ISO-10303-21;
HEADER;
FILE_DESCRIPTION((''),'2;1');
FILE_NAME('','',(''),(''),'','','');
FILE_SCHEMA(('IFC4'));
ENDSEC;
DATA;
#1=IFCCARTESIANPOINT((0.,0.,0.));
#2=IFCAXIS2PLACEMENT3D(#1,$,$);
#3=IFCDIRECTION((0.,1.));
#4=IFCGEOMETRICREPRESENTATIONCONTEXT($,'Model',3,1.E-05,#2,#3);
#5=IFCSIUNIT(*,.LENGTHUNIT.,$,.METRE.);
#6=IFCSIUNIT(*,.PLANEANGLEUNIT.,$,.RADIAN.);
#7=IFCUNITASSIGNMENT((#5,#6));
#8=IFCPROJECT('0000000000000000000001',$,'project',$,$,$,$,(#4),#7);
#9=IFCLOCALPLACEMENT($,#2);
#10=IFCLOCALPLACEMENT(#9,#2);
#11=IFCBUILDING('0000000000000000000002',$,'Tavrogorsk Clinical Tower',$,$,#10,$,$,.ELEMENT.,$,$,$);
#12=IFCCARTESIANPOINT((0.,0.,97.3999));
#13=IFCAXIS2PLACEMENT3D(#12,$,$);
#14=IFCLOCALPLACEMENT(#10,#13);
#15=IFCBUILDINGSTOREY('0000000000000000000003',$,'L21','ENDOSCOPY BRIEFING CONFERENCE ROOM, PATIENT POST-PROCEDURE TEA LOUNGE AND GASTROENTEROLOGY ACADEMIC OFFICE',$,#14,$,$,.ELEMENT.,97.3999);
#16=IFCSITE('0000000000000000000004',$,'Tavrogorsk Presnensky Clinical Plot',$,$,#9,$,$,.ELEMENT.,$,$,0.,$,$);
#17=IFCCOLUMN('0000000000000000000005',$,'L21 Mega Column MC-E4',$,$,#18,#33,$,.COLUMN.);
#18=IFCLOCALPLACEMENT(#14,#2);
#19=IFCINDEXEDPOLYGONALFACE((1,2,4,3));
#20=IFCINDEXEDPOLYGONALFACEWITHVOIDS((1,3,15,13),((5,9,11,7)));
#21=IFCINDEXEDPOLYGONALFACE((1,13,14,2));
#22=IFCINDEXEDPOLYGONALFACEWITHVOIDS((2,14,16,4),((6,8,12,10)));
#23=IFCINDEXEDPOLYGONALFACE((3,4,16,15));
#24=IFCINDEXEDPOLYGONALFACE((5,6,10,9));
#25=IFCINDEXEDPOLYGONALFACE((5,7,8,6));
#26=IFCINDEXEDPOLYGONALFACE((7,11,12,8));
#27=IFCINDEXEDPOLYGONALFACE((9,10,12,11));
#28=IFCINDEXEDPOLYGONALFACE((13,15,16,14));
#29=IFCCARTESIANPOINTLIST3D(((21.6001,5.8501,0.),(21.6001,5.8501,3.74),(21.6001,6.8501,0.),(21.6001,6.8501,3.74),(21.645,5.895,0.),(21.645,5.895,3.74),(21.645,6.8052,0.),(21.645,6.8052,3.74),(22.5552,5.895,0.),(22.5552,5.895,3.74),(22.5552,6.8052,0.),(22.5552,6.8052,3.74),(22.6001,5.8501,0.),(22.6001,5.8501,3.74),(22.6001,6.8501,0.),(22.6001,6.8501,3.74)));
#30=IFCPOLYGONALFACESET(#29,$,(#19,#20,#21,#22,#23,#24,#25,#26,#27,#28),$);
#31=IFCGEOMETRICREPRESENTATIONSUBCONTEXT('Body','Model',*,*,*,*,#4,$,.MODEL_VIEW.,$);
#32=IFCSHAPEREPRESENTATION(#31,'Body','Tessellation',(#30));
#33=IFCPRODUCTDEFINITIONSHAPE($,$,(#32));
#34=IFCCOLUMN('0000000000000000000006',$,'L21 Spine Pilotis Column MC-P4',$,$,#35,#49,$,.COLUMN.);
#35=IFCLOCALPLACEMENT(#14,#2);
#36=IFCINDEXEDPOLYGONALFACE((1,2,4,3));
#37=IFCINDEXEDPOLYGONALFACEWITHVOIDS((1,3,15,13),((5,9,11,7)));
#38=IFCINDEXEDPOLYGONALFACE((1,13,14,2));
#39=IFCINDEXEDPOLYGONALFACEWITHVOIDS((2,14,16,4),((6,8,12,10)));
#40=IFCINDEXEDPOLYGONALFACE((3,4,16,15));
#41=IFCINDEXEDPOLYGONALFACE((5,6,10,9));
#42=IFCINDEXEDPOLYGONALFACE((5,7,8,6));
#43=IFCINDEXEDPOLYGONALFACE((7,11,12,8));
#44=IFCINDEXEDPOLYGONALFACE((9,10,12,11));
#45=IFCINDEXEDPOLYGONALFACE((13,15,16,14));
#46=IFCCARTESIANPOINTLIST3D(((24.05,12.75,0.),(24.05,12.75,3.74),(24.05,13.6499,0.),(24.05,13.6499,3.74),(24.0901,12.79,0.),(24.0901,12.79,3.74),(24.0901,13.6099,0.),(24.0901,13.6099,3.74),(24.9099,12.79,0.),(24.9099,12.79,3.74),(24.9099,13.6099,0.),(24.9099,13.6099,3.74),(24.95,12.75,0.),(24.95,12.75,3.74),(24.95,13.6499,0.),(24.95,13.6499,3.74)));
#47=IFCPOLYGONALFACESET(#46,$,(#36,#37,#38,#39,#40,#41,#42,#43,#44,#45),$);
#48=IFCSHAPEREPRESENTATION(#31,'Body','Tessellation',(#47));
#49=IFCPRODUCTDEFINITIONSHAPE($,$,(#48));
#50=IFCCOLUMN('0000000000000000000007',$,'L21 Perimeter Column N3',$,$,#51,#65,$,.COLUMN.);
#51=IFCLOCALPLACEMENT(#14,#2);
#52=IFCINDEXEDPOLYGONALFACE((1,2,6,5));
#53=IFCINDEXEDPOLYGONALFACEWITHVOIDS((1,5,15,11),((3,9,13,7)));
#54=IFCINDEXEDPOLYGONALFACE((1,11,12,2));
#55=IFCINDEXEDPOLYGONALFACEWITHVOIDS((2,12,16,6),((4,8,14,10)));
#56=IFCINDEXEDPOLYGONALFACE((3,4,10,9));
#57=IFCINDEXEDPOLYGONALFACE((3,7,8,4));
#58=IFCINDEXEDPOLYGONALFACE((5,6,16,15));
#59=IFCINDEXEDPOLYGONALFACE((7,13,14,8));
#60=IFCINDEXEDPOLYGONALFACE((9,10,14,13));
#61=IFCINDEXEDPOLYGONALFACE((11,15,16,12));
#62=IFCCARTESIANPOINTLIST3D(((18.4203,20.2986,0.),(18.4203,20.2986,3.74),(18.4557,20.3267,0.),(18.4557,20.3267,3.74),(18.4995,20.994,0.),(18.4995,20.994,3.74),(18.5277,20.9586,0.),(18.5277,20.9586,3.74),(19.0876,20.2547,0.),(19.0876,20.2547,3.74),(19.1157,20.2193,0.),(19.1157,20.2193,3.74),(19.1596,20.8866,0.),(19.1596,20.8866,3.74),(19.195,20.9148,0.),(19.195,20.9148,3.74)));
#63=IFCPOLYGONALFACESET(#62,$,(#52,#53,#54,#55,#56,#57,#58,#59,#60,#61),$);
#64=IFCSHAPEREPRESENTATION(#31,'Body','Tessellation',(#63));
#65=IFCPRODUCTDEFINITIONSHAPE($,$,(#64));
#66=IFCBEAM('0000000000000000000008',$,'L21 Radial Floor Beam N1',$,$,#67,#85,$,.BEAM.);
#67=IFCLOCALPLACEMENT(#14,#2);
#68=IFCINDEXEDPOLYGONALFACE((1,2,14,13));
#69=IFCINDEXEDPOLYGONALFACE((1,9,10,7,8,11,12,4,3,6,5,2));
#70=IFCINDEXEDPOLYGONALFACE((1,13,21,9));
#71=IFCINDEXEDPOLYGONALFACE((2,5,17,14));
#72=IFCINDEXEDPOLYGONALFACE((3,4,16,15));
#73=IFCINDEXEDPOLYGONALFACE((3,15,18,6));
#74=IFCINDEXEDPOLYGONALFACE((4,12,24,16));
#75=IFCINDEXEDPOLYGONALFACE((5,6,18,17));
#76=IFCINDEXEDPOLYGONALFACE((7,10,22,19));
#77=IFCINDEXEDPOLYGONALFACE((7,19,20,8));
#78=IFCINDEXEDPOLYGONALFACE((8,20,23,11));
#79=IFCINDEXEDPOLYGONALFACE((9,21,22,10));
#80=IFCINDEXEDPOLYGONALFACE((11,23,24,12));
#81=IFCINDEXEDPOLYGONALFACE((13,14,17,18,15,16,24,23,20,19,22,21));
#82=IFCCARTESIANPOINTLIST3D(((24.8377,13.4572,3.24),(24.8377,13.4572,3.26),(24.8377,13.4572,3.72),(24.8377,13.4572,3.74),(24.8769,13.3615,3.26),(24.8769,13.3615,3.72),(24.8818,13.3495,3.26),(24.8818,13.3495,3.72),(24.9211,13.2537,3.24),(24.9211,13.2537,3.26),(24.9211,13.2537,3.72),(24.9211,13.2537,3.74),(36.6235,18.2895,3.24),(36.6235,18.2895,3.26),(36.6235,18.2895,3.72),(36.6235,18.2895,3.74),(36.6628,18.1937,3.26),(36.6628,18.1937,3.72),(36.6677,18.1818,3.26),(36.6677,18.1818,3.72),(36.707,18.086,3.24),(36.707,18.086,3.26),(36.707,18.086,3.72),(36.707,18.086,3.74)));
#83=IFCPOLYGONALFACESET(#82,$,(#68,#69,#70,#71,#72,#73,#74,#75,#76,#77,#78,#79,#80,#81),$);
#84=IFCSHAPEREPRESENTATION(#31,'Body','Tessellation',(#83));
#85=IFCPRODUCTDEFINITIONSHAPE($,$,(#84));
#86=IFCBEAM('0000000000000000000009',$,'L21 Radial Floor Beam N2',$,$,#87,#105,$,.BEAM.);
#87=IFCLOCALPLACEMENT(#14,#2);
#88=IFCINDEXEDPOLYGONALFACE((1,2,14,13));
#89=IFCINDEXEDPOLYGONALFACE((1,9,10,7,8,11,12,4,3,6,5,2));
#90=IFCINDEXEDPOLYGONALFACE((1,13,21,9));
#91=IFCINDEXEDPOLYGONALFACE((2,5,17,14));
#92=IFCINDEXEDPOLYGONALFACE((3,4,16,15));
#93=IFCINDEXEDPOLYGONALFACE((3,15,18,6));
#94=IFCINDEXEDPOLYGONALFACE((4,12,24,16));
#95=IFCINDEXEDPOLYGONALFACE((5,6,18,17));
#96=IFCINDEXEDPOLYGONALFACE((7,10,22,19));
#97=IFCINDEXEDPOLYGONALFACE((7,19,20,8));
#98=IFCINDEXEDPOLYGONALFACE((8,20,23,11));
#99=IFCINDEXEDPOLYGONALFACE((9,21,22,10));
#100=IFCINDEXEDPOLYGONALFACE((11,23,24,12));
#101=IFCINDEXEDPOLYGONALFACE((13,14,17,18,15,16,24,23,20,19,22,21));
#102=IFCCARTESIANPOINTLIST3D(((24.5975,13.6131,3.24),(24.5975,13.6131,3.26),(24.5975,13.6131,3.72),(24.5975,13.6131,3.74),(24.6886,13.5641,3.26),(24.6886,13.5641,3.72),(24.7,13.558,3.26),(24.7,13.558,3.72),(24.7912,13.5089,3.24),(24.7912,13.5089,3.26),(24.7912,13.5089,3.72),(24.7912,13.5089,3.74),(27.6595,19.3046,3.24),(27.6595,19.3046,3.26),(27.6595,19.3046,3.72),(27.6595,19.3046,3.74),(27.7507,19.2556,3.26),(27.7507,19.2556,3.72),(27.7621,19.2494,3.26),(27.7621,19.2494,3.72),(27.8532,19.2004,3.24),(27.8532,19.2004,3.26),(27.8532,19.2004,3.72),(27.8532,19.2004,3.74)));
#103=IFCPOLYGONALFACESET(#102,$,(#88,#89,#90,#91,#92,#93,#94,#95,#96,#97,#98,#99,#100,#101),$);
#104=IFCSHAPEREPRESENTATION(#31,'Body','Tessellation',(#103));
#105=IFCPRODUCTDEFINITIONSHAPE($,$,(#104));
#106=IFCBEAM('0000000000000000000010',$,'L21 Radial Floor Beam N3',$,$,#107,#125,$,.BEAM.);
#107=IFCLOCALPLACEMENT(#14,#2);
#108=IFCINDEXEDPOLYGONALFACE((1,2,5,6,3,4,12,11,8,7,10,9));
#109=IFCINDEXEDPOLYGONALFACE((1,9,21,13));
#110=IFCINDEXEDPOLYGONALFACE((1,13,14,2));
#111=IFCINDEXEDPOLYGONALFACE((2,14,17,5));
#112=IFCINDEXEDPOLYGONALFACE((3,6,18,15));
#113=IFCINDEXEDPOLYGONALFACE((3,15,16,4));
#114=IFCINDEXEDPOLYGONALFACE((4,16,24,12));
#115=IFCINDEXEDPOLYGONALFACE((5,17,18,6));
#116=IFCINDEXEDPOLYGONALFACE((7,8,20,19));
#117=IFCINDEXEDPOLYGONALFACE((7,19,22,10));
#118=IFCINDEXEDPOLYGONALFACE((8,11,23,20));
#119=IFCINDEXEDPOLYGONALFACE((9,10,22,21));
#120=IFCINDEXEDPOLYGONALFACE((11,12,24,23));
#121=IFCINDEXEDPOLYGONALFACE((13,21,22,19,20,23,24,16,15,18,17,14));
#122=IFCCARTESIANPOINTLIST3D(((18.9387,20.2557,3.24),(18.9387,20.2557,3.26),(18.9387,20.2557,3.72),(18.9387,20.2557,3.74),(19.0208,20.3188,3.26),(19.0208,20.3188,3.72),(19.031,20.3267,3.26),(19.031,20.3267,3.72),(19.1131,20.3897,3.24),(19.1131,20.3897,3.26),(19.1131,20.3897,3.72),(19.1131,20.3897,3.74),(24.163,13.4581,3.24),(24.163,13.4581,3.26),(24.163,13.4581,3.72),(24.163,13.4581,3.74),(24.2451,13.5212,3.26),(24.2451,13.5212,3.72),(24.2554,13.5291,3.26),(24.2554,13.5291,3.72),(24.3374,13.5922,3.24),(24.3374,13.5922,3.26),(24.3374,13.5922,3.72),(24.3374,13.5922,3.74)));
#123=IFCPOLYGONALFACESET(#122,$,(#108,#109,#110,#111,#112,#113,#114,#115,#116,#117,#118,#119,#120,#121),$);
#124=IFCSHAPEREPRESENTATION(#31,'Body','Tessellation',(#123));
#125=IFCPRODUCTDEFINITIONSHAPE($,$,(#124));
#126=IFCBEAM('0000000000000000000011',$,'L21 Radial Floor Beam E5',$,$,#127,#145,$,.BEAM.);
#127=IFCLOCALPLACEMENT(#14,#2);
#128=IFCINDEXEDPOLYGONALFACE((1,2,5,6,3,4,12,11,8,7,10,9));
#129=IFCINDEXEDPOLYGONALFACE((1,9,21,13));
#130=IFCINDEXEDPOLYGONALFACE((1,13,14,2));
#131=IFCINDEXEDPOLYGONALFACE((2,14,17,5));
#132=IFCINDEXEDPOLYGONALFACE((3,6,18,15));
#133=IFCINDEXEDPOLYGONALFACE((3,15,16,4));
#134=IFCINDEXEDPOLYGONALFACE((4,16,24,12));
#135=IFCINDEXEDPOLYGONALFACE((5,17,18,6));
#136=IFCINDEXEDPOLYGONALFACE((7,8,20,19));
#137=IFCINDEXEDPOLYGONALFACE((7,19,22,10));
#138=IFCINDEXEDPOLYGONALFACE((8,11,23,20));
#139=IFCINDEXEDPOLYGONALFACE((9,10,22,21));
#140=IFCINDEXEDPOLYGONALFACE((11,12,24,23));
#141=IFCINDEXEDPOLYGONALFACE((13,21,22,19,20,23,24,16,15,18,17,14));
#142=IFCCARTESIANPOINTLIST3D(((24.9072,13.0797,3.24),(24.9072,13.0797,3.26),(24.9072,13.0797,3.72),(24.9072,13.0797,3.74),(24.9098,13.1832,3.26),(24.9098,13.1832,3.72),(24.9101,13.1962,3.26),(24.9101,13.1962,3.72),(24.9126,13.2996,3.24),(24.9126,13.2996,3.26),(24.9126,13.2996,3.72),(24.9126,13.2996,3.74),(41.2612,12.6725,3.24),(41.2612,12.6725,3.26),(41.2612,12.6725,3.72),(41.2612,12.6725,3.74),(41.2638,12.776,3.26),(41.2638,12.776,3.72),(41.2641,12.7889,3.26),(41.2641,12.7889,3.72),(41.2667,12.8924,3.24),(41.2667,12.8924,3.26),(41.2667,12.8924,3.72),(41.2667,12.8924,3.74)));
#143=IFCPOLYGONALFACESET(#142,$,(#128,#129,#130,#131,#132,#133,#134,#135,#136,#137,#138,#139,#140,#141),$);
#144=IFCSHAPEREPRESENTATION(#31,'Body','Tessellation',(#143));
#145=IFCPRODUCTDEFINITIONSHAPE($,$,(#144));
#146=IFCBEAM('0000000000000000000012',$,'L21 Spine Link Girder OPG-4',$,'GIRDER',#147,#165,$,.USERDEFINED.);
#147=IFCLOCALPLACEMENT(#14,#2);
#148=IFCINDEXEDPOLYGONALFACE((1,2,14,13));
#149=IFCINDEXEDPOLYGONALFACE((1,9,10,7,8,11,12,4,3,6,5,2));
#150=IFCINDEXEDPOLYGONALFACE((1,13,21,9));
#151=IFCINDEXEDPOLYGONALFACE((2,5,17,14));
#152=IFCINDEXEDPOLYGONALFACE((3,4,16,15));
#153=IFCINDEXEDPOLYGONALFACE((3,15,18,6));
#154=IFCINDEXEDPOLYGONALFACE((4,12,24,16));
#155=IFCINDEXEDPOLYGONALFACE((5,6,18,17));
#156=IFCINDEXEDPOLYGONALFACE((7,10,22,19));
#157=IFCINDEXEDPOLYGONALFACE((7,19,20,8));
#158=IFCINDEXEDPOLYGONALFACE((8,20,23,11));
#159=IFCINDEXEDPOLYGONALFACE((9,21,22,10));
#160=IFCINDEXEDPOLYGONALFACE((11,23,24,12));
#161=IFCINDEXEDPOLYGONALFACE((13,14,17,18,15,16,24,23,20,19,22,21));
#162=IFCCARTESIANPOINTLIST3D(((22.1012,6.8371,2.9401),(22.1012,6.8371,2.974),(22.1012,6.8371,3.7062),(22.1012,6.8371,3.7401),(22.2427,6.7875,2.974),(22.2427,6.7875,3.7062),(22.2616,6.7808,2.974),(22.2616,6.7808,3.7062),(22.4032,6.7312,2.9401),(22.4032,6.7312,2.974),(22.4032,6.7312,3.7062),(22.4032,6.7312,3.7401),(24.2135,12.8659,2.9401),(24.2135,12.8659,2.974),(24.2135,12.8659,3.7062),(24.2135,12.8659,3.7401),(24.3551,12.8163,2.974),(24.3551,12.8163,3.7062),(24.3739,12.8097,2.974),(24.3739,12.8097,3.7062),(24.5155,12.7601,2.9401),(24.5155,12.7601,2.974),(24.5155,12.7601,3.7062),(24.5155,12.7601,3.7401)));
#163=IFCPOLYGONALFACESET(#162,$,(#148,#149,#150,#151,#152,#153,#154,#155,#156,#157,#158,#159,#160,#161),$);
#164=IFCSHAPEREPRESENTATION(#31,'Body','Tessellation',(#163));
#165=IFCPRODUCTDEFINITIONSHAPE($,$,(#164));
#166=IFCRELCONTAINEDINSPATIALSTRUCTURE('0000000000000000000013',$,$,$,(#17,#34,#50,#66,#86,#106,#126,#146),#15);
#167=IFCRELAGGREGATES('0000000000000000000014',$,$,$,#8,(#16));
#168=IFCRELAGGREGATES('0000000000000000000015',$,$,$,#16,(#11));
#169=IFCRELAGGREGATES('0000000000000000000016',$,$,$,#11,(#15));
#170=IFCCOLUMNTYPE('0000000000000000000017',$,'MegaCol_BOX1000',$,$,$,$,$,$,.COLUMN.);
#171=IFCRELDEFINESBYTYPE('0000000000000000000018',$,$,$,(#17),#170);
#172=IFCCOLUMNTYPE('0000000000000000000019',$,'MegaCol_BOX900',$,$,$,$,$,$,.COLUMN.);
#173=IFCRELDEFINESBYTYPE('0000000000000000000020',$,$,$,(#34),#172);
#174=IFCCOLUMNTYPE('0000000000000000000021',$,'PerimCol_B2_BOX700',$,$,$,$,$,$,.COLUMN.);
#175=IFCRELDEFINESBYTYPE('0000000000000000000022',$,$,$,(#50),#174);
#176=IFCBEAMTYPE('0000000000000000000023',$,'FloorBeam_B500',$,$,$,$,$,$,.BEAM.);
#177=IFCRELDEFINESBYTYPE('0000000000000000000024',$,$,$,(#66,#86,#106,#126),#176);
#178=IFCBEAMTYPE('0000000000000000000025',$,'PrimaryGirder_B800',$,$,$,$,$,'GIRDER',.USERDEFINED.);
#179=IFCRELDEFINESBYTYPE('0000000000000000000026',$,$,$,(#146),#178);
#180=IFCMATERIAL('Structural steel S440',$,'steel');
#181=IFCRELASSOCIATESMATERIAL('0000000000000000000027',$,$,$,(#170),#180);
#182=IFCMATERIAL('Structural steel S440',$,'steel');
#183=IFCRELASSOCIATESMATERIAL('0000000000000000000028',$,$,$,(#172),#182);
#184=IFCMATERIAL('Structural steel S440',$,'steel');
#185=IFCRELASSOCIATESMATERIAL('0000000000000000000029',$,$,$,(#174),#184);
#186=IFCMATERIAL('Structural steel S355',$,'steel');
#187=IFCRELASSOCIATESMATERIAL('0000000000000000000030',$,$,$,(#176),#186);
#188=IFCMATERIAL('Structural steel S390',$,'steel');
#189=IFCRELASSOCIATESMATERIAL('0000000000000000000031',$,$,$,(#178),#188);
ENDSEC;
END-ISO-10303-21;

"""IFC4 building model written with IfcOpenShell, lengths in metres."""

from ifc_helpers import new_model, si_unit, direction, frame, origin, origin_2d, place, context, subcontext, project, spatial, hollow_rectangle, i_section, extrude, material, material_profile, profile_set, type_object, element, save


model = new_model("IFC4")

# Units and contexts
model_context = context("Model", 3, precision=1e-05, world=origin(), true_north=direction((0.0, 1.0)))
body_context = subcontext(model_context, "Body", "Model", "MODEL_VIEW")
ifc_project = project(units=[si_unit("LENGTHUNIT", "METRE"), si_unit("PLANEANGLEUNIT", "RADIAN")], contexts=[model_context])

# Site, building, storey
site_placement = place(None, origin())
site = spatial("IfcSite", under=ifc_project, at=site_placement, Name="Tavrogorsk Presnensky Clinical Plot", CompositionType="ELEMENT", RefElevation=0.0)
building_placement = place(site_placement, origin())
building = spatial("IfcBuilding", under=site, at=building_placement, Name="Tavrogorsk Clinical Tower", CompositionType="ELEMENT")
storey_placement = place(building_placement, frame((0.0, 0.0, 97.3999)))
storey = spatial("IfcBuildingStorey", under=building, at=storey_placement, Name="L21", Description="ENDOSCOPY BRIEFING CONFERENCE ROOM, PATIENT POST-PROCEDURE TEA LOUNGE AND GASTROENTEROLOGY ACADEMIC OFFICE", CompositionType="ELEMENT", Elevation=97.3999)

# Columns
ifc_material_1 = material(Name="Structural steel S440", Category="steel")
ifc_material_profile_1 = material_profile(ifc_material_1, hollow_rectangle(XDim=1.0, YDim=1.0, WallThickness=0.0449, at=origin_2d()), Name="BOX-1000x1000x45")
ifc_profile_set_1 = profile_set([ifc_material_profile_1], Name="Structural steel S440")
column_type_1 = type_object("IfcColumnType", Name="MegaCol_BOX1000", PredefinedType="COLUMN", material=ifc_profile_set_1)
column_1_placement = place(storey_placement, frame((22.1001, 6.3501, 0.0), z_axis=(0.0, 0.0, 1.0), x_axis=(1.0, 0.0, 0.0)))
element("IfcColumn", 1, at=column_1_placement, inside=storey, type_object=column_type_1, Name="L21 Mega Column MC-E4", PredefinedType="COLUMN", context=body_context, shape_type="SweptSolid", body=[
    extrude(hollow_rectangle(XDim=1.0, YDim=1.0, WallThickness=0.0449, at=origin_2d()), origin(), (0.0, 0.0, 1.0), 3.74),
])
ifc_material_2 = material(Name="Structural steel S440", Category="steel")
ifc_material_profile_2 = material_profile(ifc_material_2, hollow_rectangle(XDim=0.8999, YDim=0.8999, WallThickness=0.04, at=origin_2d()), Name="BOX-900x900x40")
ifc_profile_set_2 = profile_set([ifc_material_profile_2], Name="Structural steel S440")
column_type_2 = type_object("IfcColumnType", Name="MegaCol_BOX900", PredefinedType="COLUMN", material=ifc_profile_set_2)
column_2_placement = place(storey_placement, frame((24.5, 13.2, 0.0), z_axis=(0.0, 0.0, 1.0), x_axis=(1.0, 0.0, 0.0)))
element("IfcColumn", 2, at=column_2_placement, inside=storey, type_object=column_type_2, Name="L21 Spine Pilotis Column MC-P4", PredefinedType="COLUMN", context=body_context, shape_type="SweptSolid", body=[
    extrude(hollow_rectangle(XDim=0.8999, YDim=0.8999, WallThickness=0.04, at=origin_2d()), origin(), (0.0, 0.0, 1.0), 3.74),
])
ifc_material_3 = material(Name="Structural steel S440", Category="steel")
ifc_material_profile_3 = material_profile(ifc_material_3, hollow_rectangle(XDim=0.7, YDim=0.7, WallThickness=0.032, at=origin_2d()), Name="BOX-700x700x32")
ifc_profile_set_3 = profile_set([ifc_material_profile_3], Name="Structural steel S440")
column_type_3 = type_object("IfcColumnType", Name="PerimCol_B2_BOX700", PredefinedType="COLUMN", material=ifc_profile_set_3)
column_3_placement = place(storey_placement, frame((18.8076, 20.6067, 0.0), z_axis=(0.0, 0.0, 1.0), x_axis=(0.993572, -0.113203, 0.0)))
element("IfcColumn", 3, at=column_3_placement, inside=storey, type_object=column_type_3, Name="L21 Perimeter Column N3", PredefinedType="COLUMN", context=body_context, shape_type="SweptSolid", body=[
    extrude(hollow_rectangle(XDim=0.7, YDim=0.7, WallThickness=0.032, at=origin_2d()), origin(), (0.0, 0.0, 1.0), 3.74),
])

# Beams
ifc_material_4 = material(Name="Structural steel S355", Category="steel")
ifc_material_profile_4 = material_profile(ifc_material_4, i_section(OverallWidth=0.22, OverallDepth=0.5, WebThickness=0.0129, FlangeThickness=0.02, at=origin_2d()), Name="B-500x220x13x20")
ifc_profile_set_4 = profile_set([ifc_material_profile_4], Name="Structural steel S355")
beam_type_1 = type_object("IfcBeamType", Name="FloorBeam_B500", PredefinedType="BEAM", material=ifc_profile_set_4)
beam_1_placement = place(storey_placement, frame((24.8794, 13.3555, 3.49), z_axis=(0.92525, 0.379357, 0.0), x_axis=(-0.379357, 0.92525, 0.0)))
element("IfcBeam", 4, at=beam_1_placement, inside=storey, type_object=beam_type_1, Name="L21 Radial Floor Beam N1", PredefinedType="BEAM", context=body_context, shape_type="SweptSolid", body=[
    extrude(i_section(OverallWidth=0.22, OverallDepth=0.5, WebThickness=0.0129, FlangeThickness=0.02, at=origin_2d()), origin(), (0.0, 0.0, 1.0), 12.738),
])
beam_2_placement = place(storey_placement, frame((24.6943, 13.561, 3.49), z_axis=(0.473789, 0.880638, 0.0), x_axis=(-0.880638, 0.473789, 0.0)))
element("IfcBeam", 5, at=beam_2_placement, inside=storey, type_object=beam_type_1, Name="L21 Radial Floor Beam N2", PredefinedType="BEAM", context=body_context, shape_type="SweptSolid", body=[
    extrude(i_section(OverallWidth=0.22, OverallDepth=0.5, WebThickness=0.0129, FlangeThickness=0.02, at=origin_2d()), origin(), (0.0, 0.0, 1.0), 6.4629),
])
beam_3_placement = place(storey_placement, frame((24.2502, 13.5251, 3.49), z_axis=(-0.609376, 0.792881, 0.0), x_axis=(-0.792881, -0.609376, 0.0)))
element("IfcBeam", 6, at=beam_3_placement, inside=storey, type_object=beam_type_1, Name="L21 Radial Floor Beam N3", PredefinedType="BEAM", context=body_context, shape_type="SweptSolid", body=[
    extrude(i_section(OverallWidth=0.22, OverallDepth=0.5, WebThickness=0.0129, FlangeThickness=0.02, at=origin_2d()), origin(), (0.0, 0.0, 1.0), 8.5732),
])
beam_4_placement = place(storey_placement, frame((24.9099, 13.1897, 3.49), z_axis=(0.99969, -0.024893, 0.0), x_axis=(0.024893, 0.99969, 0.0)))
element("IfcBeam", 7, at=beam_4_placement, inside=storey, type_object=beam_type_1, Name="L21 Radial Floor Beam E5", PredefinedType="BEAM", context=body_context, shape_type="SweptSolid", body=[
    extrude(i_section(OverallWidth=0.22, OverallDepth=0.5, WebThickness=0.0129, FlangeThickness=0.02, at=origin_2d()), origin(), (0.0, 0.0, 1.0), 16.3591),
])
ifc_material_5 = material(Name="Structural steel S390", Category="steel")
ifc_material_profile_5 = material_profile(ifc_material_5, i_section(OverallWidth=0.3201, OverallDepth=0.8, WebThickness=0.02, FlangeThickness=0.0339, at=origin_2d()), Name="B-800x320x20x34")
ifc_profile_set_5 = profile_set([ifc_material_profile_5], Name="Structural steel S390")
beam_type_2 = type_object("IfcBeamType", Name="PrimaryGirder_B800", ElementType="GIRDER", PredefinedType="USERDEFINED", material=ifc_profile_set_5)
beam_5_placement = place(storey_placement, frame((24.3645, 12.813, 3.3401), z_axis=(-0.33066, -0.94375, 0.0), x_axis=(0.94375, -0.33066, 0.0)))
element("IfcBeam", 8, at=beam_5_placement, inside=storey, type_object=beam_type_2, Name="L21 Spine Link Girder OPG-4", ObjectType="GIRDER", PredefinedType="USERDEFINED", context=body_context, shape_type="SweptSolid", body=[
    extrude(i_section(OverallWidth=0.3201, OverallDepth=0.8, WebThickness=0.02, FlangeThickness=0.0339, at=origin_2d()), origin(), (0.0, 0.0, 1.0), 6.3882),
])

save(model, "model.ifc")
